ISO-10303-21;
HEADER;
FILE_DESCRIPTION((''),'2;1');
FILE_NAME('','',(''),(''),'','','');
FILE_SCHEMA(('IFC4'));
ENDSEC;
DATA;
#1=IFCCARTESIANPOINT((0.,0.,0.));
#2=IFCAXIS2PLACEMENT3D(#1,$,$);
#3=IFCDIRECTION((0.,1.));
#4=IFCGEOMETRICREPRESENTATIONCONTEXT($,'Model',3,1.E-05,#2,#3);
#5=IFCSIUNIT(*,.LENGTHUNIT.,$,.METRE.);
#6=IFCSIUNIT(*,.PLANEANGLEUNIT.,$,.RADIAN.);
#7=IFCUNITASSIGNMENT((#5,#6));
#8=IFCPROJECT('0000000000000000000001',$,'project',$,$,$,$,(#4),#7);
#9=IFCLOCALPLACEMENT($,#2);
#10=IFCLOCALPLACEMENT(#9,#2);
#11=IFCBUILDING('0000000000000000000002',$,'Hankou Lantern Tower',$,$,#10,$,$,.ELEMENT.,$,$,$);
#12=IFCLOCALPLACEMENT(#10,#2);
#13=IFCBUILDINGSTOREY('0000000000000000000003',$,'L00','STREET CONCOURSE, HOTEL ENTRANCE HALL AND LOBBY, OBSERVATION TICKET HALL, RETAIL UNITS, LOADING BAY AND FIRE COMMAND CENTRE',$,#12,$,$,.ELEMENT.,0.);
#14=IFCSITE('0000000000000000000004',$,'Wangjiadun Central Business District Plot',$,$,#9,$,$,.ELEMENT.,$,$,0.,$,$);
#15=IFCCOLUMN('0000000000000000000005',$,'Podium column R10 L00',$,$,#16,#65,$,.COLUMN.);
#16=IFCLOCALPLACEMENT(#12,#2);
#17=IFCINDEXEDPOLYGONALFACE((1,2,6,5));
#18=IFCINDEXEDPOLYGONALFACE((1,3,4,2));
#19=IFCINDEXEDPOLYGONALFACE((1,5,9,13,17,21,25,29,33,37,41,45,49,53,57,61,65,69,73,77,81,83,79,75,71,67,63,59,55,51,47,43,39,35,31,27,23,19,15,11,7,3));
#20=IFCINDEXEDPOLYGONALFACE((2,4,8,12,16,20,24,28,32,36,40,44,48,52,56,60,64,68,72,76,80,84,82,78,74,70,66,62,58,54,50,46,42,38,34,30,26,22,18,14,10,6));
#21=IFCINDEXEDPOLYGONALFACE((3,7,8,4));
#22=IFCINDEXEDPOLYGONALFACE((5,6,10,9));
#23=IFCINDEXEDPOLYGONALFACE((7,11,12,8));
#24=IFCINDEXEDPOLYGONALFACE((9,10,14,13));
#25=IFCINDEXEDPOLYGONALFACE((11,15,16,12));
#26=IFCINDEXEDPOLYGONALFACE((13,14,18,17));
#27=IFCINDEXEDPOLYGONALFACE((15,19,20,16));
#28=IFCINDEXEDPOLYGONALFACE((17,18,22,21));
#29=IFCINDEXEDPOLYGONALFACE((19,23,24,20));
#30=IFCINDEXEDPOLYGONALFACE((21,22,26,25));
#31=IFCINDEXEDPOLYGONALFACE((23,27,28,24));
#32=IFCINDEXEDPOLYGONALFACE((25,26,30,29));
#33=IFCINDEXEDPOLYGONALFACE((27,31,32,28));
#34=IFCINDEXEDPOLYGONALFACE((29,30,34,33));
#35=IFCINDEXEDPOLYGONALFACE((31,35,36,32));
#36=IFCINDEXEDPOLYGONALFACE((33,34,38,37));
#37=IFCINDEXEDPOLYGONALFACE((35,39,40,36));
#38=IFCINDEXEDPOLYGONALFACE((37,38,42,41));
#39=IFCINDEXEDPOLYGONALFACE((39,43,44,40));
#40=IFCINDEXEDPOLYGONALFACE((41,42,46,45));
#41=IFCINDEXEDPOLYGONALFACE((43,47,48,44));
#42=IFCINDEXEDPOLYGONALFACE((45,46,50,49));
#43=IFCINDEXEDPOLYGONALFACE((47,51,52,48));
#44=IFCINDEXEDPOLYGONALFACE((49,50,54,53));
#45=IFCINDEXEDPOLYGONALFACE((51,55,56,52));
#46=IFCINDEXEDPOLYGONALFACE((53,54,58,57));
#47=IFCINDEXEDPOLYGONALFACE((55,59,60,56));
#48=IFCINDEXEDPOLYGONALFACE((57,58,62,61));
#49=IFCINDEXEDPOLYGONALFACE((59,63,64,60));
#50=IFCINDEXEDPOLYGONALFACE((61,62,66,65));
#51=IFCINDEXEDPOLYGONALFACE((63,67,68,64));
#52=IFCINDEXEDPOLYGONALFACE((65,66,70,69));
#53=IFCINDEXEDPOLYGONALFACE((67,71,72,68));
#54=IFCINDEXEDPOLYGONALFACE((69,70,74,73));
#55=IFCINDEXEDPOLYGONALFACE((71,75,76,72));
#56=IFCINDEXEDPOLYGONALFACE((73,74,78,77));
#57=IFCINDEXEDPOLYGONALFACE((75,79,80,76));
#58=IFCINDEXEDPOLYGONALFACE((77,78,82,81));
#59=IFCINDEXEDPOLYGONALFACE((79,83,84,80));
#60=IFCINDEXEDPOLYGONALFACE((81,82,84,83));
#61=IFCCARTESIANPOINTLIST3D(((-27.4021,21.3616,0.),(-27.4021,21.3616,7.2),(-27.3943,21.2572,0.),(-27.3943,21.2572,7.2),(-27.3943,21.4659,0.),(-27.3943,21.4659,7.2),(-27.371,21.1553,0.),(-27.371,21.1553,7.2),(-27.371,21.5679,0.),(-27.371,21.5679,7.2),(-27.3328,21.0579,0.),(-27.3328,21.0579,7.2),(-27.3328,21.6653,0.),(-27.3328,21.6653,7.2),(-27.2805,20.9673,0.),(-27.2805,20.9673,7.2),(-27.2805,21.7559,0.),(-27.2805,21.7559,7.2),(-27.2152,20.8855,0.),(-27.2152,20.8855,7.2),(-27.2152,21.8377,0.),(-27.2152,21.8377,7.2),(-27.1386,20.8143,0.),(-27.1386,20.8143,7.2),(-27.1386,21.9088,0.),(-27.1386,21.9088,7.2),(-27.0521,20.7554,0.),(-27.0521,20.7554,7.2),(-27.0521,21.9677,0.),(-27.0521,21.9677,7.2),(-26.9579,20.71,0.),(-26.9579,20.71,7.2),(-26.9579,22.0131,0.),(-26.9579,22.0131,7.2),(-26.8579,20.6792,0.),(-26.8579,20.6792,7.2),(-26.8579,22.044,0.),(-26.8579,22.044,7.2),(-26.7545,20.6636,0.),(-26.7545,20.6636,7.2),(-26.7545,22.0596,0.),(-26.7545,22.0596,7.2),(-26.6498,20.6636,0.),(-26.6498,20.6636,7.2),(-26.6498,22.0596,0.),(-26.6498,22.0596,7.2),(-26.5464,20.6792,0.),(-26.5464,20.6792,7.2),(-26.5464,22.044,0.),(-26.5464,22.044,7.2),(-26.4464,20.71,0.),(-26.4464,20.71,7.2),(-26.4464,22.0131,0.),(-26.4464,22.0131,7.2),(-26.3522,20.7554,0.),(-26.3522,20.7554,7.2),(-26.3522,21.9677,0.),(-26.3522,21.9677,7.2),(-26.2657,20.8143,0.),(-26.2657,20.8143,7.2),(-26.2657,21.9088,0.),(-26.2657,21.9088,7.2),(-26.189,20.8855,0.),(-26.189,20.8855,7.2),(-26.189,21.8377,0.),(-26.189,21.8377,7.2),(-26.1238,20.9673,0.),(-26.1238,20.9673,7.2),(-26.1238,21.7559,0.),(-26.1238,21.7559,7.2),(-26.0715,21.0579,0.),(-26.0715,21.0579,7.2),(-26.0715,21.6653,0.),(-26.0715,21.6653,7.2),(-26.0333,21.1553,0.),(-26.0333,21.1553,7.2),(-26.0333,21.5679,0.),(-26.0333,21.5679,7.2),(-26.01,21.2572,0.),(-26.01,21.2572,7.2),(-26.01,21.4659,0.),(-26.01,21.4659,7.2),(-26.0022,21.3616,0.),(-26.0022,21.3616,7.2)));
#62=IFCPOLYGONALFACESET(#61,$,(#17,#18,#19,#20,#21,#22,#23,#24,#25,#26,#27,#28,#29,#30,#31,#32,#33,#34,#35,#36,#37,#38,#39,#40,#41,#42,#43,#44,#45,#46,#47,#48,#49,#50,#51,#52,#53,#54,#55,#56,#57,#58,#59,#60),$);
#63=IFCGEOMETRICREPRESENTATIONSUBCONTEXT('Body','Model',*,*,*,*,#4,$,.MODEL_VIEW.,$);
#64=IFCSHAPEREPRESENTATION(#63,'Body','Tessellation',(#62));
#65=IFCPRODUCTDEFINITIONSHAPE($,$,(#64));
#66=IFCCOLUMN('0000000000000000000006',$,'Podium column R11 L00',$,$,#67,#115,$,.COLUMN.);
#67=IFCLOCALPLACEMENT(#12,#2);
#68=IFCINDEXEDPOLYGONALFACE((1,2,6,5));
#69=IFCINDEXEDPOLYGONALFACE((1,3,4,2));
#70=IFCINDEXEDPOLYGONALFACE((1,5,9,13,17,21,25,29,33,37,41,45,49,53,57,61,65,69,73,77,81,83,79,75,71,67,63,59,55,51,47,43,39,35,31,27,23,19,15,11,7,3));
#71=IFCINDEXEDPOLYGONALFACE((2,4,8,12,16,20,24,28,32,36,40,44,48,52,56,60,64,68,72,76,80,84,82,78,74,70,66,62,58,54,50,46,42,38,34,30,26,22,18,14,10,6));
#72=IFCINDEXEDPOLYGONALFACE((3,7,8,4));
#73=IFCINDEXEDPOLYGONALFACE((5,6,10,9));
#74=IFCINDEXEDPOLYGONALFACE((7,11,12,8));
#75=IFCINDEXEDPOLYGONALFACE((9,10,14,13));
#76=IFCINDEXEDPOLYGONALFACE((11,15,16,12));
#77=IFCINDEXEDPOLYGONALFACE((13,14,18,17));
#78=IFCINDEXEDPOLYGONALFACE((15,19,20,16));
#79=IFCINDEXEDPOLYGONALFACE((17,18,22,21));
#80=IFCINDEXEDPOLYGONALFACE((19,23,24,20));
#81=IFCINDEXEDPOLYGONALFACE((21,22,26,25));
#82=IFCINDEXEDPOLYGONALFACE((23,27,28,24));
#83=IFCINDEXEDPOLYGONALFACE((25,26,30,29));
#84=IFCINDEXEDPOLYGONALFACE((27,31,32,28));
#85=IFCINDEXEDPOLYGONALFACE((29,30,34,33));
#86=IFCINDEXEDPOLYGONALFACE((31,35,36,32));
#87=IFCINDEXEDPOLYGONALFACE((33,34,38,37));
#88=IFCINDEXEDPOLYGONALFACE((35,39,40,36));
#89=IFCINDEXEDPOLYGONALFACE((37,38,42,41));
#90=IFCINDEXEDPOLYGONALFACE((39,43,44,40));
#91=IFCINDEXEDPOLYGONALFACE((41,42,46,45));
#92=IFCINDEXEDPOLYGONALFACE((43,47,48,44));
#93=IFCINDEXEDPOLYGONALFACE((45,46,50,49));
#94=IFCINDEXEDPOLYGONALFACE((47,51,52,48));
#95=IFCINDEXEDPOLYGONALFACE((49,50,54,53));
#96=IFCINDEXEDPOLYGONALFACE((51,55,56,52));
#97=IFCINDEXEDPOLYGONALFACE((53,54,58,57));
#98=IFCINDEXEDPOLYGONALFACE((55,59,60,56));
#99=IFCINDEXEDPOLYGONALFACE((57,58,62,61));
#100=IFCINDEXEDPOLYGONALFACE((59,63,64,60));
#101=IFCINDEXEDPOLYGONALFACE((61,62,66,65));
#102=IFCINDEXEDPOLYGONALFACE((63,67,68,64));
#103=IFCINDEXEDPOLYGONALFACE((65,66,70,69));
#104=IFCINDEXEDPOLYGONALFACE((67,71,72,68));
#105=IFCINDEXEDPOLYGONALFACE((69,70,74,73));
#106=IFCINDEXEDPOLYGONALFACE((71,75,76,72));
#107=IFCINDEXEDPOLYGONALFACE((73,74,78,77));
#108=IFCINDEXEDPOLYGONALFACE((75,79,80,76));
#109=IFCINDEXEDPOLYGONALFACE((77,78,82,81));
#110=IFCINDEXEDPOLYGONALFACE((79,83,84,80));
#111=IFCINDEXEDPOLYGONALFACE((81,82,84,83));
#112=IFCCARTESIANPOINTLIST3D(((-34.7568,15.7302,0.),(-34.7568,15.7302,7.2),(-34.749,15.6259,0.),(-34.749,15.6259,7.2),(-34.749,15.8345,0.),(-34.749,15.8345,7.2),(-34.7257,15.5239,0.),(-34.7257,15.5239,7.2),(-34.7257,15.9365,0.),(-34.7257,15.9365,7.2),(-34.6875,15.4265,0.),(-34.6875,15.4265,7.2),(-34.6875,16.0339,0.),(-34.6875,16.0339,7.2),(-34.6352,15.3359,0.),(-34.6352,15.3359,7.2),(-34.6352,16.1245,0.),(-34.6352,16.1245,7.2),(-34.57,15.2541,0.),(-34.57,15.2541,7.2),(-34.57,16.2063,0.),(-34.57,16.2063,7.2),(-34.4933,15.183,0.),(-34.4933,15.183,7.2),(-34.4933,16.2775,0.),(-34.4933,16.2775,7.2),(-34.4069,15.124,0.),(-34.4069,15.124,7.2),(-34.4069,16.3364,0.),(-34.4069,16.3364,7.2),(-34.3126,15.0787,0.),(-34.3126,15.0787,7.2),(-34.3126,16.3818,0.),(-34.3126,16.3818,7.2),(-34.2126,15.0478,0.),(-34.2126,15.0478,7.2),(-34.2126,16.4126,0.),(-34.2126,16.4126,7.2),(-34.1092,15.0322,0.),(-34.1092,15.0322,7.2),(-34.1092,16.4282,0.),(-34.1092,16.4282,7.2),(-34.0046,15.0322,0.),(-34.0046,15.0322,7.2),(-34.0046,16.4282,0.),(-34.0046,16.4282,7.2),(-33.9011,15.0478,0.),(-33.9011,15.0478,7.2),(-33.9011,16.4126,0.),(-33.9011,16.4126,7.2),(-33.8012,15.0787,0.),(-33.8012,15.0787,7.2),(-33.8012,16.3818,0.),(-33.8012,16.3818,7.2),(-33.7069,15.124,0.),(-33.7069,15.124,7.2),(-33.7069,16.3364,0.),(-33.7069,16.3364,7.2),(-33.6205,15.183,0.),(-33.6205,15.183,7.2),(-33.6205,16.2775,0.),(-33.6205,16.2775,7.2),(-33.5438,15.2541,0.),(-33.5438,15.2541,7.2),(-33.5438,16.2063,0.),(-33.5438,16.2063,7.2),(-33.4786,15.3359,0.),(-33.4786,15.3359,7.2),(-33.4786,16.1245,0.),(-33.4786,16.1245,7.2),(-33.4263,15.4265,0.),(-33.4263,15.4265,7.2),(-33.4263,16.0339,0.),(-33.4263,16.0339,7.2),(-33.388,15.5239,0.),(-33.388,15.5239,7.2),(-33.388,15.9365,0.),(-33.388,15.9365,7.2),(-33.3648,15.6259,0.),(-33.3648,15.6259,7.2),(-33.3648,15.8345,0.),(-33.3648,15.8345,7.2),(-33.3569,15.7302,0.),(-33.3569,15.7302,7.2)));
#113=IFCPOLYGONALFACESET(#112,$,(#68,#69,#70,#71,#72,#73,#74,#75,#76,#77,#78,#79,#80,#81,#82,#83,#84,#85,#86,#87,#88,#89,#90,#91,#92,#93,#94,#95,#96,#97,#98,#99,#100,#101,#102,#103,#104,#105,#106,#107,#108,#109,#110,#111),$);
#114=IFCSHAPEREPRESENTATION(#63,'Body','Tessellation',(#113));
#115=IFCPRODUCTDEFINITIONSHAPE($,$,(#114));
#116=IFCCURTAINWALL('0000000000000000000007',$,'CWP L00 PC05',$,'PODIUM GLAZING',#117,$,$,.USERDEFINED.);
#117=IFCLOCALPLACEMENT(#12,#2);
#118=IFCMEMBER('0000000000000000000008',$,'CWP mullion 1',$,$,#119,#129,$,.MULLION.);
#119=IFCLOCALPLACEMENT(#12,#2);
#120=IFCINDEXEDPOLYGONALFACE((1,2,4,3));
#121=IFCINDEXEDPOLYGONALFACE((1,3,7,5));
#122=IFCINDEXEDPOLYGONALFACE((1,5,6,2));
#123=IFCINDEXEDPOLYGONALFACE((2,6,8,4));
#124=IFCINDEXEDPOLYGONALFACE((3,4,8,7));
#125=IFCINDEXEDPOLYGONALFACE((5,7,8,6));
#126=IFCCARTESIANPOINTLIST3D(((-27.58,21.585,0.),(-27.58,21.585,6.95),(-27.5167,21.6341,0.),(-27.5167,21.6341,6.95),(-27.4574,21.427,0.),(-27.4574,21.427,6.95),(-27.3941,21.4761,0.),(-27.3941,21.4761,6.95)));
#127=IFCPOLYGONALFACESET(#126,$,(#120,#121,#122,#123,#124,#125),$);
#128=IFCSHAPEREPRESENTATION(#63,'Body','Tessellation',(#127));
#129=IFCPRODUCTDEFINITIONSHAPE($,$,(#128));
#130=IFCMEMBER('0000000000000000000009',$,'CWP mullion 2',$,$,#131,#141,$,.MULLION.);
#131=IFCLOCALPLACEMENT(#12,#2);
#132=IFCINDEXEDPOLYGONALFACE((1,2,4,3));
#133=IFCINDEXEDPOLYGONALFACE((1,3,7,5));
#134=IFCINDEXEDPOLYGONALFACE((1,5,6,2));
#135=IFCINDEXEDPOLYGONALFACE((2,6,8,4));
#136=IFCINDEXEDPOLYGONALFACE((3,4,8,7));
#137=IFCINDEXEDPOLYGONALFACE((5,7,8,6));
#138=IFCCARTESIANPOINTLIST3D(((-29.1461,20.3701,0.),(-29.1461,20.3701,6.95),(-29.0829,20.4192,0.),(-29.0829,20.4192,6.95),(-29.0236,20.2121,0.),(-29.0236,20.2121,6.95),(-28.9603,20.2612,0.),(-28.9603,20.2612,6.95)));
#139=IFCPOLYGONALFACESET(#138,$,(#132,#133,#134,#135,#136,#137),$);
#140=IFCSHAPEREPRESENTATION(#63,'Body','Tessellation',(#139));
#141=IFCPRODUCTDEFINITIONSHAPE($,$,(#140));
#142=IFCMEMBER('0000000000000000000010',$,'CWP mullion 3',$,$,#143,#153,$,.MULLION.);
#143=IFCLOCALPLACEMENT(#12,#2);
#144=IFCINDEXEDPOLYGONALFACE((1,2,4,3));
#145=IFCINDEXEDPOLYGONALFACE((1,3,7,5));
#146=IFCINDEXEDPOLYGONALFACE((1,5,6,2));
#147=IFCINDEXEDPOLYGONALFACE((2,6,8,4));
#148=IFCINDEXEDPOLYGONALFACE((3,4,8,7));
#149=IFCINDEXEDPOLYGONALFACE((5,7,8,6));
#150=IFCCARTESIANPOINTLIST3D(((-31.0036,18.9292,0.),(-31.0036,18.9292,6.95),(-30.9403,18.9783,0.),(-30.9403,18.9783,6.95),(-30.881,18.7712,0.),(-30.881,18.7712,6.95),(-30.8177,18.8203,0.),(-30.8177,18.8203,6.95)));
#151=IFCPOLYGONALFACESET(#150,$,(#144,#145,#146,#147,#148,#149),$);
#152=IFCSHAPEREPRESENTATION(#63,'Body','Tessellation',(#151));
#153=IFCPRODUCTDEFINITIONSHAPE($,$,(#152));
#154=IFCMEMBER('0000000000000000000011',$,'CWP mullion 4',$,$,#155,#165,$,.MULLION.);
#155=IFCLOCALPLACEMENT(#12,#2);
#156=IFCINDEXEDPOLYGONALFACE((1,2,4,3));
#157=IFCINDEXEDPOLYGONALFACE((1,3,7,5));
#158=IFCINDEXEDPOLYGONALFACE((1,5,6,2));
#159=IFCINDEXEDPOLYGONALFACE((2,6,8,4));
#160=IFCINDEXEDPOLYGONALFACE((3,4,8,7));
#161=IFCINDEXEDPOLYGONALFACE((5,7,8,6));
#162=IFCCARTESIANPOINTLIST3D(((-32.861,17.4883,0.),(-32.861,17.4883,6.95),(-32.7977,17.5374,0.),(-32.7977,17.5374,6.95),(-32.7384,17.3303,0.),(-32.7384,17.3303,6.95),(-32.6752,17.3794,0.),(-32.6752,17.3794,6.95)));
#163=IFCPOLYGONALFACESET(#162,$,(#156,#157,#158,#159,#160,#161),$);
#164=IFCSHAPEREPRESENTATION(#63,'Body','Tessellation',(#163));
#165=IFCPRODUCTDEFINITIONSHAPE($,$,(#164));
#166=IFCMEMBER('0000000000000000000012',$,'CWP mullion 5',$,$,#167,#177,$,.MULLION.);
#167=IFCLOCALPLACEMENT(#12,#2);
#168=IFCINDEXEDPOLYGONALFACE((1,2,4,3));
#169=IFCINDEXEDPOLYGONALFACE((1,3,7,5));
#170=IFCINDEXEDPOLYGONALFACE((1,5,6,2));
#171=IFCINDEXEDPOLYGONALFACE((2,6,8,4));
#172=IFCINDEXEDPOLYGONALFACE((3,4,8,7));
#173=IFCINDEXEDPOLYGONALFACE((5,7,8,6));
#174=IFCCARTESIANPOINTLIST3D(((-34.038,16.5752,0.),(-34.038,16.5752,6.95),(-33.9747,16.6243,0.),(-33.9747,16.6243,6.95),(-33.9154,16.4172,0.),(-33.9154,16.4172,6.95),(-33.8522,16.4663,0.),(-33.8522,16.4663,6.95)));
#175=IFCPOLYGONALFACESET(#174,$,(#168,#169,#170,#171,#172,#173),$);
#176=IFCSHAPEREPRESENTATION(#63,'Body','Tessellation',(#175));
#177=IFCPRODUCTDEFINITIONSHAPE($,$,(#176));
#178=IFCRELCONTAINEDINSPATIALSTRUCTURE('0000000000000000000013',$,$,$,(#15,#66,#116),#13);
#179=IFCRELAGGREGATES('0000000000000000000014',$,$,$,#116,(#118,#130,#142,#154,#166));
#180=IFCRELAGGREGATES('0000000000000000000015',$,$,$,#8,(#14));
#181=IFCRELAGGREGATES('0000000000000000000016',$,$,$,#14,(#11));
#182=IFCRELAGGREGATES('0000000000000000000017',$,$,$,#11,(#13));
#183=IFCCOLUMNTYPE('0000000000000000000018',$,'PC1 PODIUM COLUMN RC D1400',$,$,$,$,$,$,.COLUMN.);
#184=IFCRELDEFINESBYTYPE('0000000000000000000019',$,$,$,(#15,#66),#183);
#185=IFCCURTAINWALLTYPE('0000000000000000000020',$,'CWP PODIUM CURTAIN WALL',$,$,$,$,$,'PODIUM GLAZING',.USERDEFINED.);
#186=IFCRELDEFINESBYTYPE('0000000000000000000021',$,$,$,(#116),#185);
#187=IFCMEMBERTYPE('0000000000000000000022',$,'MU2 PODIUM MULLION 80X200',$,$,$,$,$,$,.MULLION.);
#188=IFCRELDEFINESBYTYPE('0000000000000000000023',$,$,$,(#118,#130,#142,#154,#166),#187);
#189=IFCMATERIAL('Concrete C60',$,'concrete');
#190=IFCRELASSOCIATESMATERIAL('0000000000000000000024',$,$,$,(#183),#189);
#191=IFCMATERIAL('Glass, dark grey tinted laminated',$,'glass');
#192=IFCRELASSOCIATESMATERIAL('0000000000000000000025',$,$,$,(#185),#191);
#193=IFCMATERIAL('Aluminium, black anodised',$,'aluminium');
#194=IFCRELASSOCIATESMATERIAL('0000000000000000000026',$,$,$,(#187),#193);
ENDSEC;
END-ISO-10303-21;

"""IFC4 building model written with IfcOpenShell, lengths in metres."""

from ifc_helpers import new_model, si_unit, direction, frame, origin, origin_2d, place, context, subcontext, project, spatial, rectangle, circle, extrude, material, material_profile, profile_set, type_object, element, aggregate, save


model = new_model("IFC4")

# Units and contexts
model_context = context("Model", 3, precision=1e-05, world=origin(), true_north=direction((0.0, 1.0)))
body_context = subcontext(model_context, "Body", "Model", "MODEL_VIEW")
ifc_project = project(units=[si_unit("LENGTHUNIT", "METRE"), si_unit("PLANEANGLEUNIT", "RADIAN")], contexts=[model_context])

# Site, building, storey
site_placement = place(None, origin())
site = spatial("IfcSite", under=ifc_project, at=site_placement, Name="Wangjiadun Central Business District Plot", CompositionType="ELEMENT", RefElevation=0.0)
building_placement = place(site_placement, origin())
building = spatial("IfcBuilding", under=site, at=building_placement, Name="Hankou Lantern Tower", CompositionType="ELEMENT")
storey_placement = place(building_placement, origin())
storey = spatial("IfcBuildingStorey", under=building, at=storey_placement, Name="L00", Description="STREET CONCOURSE, HOTEL ENTRANCE HALL AND LOBBY, OBSERVATION TICKET HALL, RETAIL UNITS, LOADING BAY AND FIRE COMMAND CENTRE", CompositionType="ELEMENT", Elevation=0.0)

# Columns
ifc_material_1 = material(Name="Concrete C60", Category="concrete")
ifc_material_profile_1 = material_profile(ifc_material_1, circle(Radius=0.7, at=origin_2d()), Name="RC D1400")
ifc_profile_set_1 = profile_set([ifc_material_profile_1], Name="Concrete C60")
column_type = type_object("IfcColumnType", Name="PC1 PODIUM COLUMN RC D1400", PredefinedType="COLUMN", material=ifc_profile_set_1)
for number, where, z_axis, x_axis, name in (
    (1, (-26.7021, 21.3616, 0.0), (0.0, 0.0, 1.0), (1.0, 0.0, 0.0), "Podium column R10 L00"),
    (2, (-34.0569, 15.7302, 0.0), (0.0, 0.0, 1.0), (1.0, 0.0, 0.0), "Podium column R11 L00"),
):
    element("IfcColumn", number, at=place(storey_placement, frame(where, z_axis=z_axis, x_axis=x_axis)), inside=storey, type_object=column_type, Name=name, PredefinedType="COLUMN", context=body_context, shape_type="SweptSolid", body=[
        extrude(circle(Radius=0.7, at=origin_2d()), origin(), (0.0, 0.0, 1.0), 7.2),
    ])

# Curtain wall, members
ifc_material_2 = material(Name="Glass, dark grey tinted laminated", Category="glass")
curtain_wall_type = type_object("IfcCurtainWallType", Name="CWP PODIUM CURTAIN WALL", ElementType="PODIUM GLAZING", PredefinedType="USERDEFINED", material=ifc_material_2)
curtain_wall_placement = place(storey_placement, origin())
curtain_wall = element("IfcCurtainWall", 3, at=curtain_wall_placement, inside=storey, type_object=curtain_wall_type, Name="CWP L00 PC05", ObjectType="PODIUM GLAZING", PredefinedType="USERDEFINED")
ifc_material_3 = material(Name="Aluminium, black anodised", Category="aluminium")
ifc_material_profile_2 = material_profile(ifc_material_3, rectangle(XDim=0.0801, YDim=0.2, at=origin_2d()), Name="MU2 80X200")
ifc_profile_set_2 = profile_set([ifc_material_profile_2], Name="Aluminium, black anodised")
member_type_1 = type_object("IfcMemberType", Name="MU2 PODIUM MULLION 80X200", PredefinedType="MULLION", material=ifc_profile_set_2)
member_1_placement = place(storey_placement, frame((-27.4871, 21.5305, 0.0), z_axis=(0.0, 0.0, 1.0), x_axis=(-0.79013, -0.61294, 0.0)))
member_1 = element("IfcMember", 4, at=member_1_placement, type_object=member_type_1, Name="CWP mullion 1", PredefinedType="MULLION", context=body_context, shape_type="SweptSolid", body=[
    extrude(rectangle(XDim=0.0801, YDim=0.2, at=origin_2d()), origin(), (0.0, 0.0, 1.0), 6.95),
])
member_2_placement = place(storey_placement, frame((-29.0532, 20.3157, 0.0), z_axis=(0.0, 0.0, 1.0), x_axis=(-0.79013, -0.61294, 0.0)))
member_2 = element("IfcMember", 5, at=member_2_placement, type_object=member_type_1, Name="CWP mullion 2", PredefinedType="MULLION", context=body_context, shape_type="SweptSolid", body=[
    extrude(rectangle(XDim=0.0801, YDim=0.2, at=origin_2d()), origin(), (0.0, 0.0, 1.0), 6.95),
])
member_3_placement = place(storey_placement, frame((-30.9106, 18.8748, 0.0), z_axis=(0.0, 0.0, 1.0), x_axis=(-0.79013, -0.61294, 0.0)))
member_3 = element("IfcMember", 6, at=member_3_placement, type_object=member_type_1, Name="CWP mullion 3", PredefinedType="MULLION", context=body_context, shape_type="SweptSolid", body=[
    extrude(rectangle(XDim=0.0801, YDim=0.2, at=origin_2d()), origin(), (0.0, 0.0, 1.0), 6.95),
])
member_4_placement = place(storey_placement, frame((-32.7681, 17.4338, 0.0), z_axis=(0.0, 0.0, 1.0), x_axis=(-0.79013, -0.61294, 0.0)))
member_4 = element("IfcMember", 7, at=member_4_placement, type_object=member_type_1, Name="CWP mullion 4", PredefinedType="MULLION", context=body_context, shape_type="SweptSolid", body=[
    extrude(rectangle(XDim=0.0801, YDim=0.2, at=origin_2d()), origin(), (0.0, 0.0, 1.0), 6.95),
])
member_5_placement = place(storey_placement, frame((-33.9451, 16.5208, 0.0), z_axis=(0.0, 0.0, 1.0), x_axis=(-0.79013, -0.61294, 0.0)))
member_5 = element("IfcMember", 8, at=member_5_placement, type_object=member_type_1, Name="CWP mullion 5", PredefinedType="MULLION", context=body_context, shape_type="SweptSolid", body=[
    extrude(rectangle(XDim=0.0801, YDim=0.2, at=origin_2d()), origin(), (0.0, 0.0, 1.0), 6.95),
])

aggregate(curtain_wall, [member_1, member_2, member_3, member_4, member_5])

save(model, "model.ifc")
